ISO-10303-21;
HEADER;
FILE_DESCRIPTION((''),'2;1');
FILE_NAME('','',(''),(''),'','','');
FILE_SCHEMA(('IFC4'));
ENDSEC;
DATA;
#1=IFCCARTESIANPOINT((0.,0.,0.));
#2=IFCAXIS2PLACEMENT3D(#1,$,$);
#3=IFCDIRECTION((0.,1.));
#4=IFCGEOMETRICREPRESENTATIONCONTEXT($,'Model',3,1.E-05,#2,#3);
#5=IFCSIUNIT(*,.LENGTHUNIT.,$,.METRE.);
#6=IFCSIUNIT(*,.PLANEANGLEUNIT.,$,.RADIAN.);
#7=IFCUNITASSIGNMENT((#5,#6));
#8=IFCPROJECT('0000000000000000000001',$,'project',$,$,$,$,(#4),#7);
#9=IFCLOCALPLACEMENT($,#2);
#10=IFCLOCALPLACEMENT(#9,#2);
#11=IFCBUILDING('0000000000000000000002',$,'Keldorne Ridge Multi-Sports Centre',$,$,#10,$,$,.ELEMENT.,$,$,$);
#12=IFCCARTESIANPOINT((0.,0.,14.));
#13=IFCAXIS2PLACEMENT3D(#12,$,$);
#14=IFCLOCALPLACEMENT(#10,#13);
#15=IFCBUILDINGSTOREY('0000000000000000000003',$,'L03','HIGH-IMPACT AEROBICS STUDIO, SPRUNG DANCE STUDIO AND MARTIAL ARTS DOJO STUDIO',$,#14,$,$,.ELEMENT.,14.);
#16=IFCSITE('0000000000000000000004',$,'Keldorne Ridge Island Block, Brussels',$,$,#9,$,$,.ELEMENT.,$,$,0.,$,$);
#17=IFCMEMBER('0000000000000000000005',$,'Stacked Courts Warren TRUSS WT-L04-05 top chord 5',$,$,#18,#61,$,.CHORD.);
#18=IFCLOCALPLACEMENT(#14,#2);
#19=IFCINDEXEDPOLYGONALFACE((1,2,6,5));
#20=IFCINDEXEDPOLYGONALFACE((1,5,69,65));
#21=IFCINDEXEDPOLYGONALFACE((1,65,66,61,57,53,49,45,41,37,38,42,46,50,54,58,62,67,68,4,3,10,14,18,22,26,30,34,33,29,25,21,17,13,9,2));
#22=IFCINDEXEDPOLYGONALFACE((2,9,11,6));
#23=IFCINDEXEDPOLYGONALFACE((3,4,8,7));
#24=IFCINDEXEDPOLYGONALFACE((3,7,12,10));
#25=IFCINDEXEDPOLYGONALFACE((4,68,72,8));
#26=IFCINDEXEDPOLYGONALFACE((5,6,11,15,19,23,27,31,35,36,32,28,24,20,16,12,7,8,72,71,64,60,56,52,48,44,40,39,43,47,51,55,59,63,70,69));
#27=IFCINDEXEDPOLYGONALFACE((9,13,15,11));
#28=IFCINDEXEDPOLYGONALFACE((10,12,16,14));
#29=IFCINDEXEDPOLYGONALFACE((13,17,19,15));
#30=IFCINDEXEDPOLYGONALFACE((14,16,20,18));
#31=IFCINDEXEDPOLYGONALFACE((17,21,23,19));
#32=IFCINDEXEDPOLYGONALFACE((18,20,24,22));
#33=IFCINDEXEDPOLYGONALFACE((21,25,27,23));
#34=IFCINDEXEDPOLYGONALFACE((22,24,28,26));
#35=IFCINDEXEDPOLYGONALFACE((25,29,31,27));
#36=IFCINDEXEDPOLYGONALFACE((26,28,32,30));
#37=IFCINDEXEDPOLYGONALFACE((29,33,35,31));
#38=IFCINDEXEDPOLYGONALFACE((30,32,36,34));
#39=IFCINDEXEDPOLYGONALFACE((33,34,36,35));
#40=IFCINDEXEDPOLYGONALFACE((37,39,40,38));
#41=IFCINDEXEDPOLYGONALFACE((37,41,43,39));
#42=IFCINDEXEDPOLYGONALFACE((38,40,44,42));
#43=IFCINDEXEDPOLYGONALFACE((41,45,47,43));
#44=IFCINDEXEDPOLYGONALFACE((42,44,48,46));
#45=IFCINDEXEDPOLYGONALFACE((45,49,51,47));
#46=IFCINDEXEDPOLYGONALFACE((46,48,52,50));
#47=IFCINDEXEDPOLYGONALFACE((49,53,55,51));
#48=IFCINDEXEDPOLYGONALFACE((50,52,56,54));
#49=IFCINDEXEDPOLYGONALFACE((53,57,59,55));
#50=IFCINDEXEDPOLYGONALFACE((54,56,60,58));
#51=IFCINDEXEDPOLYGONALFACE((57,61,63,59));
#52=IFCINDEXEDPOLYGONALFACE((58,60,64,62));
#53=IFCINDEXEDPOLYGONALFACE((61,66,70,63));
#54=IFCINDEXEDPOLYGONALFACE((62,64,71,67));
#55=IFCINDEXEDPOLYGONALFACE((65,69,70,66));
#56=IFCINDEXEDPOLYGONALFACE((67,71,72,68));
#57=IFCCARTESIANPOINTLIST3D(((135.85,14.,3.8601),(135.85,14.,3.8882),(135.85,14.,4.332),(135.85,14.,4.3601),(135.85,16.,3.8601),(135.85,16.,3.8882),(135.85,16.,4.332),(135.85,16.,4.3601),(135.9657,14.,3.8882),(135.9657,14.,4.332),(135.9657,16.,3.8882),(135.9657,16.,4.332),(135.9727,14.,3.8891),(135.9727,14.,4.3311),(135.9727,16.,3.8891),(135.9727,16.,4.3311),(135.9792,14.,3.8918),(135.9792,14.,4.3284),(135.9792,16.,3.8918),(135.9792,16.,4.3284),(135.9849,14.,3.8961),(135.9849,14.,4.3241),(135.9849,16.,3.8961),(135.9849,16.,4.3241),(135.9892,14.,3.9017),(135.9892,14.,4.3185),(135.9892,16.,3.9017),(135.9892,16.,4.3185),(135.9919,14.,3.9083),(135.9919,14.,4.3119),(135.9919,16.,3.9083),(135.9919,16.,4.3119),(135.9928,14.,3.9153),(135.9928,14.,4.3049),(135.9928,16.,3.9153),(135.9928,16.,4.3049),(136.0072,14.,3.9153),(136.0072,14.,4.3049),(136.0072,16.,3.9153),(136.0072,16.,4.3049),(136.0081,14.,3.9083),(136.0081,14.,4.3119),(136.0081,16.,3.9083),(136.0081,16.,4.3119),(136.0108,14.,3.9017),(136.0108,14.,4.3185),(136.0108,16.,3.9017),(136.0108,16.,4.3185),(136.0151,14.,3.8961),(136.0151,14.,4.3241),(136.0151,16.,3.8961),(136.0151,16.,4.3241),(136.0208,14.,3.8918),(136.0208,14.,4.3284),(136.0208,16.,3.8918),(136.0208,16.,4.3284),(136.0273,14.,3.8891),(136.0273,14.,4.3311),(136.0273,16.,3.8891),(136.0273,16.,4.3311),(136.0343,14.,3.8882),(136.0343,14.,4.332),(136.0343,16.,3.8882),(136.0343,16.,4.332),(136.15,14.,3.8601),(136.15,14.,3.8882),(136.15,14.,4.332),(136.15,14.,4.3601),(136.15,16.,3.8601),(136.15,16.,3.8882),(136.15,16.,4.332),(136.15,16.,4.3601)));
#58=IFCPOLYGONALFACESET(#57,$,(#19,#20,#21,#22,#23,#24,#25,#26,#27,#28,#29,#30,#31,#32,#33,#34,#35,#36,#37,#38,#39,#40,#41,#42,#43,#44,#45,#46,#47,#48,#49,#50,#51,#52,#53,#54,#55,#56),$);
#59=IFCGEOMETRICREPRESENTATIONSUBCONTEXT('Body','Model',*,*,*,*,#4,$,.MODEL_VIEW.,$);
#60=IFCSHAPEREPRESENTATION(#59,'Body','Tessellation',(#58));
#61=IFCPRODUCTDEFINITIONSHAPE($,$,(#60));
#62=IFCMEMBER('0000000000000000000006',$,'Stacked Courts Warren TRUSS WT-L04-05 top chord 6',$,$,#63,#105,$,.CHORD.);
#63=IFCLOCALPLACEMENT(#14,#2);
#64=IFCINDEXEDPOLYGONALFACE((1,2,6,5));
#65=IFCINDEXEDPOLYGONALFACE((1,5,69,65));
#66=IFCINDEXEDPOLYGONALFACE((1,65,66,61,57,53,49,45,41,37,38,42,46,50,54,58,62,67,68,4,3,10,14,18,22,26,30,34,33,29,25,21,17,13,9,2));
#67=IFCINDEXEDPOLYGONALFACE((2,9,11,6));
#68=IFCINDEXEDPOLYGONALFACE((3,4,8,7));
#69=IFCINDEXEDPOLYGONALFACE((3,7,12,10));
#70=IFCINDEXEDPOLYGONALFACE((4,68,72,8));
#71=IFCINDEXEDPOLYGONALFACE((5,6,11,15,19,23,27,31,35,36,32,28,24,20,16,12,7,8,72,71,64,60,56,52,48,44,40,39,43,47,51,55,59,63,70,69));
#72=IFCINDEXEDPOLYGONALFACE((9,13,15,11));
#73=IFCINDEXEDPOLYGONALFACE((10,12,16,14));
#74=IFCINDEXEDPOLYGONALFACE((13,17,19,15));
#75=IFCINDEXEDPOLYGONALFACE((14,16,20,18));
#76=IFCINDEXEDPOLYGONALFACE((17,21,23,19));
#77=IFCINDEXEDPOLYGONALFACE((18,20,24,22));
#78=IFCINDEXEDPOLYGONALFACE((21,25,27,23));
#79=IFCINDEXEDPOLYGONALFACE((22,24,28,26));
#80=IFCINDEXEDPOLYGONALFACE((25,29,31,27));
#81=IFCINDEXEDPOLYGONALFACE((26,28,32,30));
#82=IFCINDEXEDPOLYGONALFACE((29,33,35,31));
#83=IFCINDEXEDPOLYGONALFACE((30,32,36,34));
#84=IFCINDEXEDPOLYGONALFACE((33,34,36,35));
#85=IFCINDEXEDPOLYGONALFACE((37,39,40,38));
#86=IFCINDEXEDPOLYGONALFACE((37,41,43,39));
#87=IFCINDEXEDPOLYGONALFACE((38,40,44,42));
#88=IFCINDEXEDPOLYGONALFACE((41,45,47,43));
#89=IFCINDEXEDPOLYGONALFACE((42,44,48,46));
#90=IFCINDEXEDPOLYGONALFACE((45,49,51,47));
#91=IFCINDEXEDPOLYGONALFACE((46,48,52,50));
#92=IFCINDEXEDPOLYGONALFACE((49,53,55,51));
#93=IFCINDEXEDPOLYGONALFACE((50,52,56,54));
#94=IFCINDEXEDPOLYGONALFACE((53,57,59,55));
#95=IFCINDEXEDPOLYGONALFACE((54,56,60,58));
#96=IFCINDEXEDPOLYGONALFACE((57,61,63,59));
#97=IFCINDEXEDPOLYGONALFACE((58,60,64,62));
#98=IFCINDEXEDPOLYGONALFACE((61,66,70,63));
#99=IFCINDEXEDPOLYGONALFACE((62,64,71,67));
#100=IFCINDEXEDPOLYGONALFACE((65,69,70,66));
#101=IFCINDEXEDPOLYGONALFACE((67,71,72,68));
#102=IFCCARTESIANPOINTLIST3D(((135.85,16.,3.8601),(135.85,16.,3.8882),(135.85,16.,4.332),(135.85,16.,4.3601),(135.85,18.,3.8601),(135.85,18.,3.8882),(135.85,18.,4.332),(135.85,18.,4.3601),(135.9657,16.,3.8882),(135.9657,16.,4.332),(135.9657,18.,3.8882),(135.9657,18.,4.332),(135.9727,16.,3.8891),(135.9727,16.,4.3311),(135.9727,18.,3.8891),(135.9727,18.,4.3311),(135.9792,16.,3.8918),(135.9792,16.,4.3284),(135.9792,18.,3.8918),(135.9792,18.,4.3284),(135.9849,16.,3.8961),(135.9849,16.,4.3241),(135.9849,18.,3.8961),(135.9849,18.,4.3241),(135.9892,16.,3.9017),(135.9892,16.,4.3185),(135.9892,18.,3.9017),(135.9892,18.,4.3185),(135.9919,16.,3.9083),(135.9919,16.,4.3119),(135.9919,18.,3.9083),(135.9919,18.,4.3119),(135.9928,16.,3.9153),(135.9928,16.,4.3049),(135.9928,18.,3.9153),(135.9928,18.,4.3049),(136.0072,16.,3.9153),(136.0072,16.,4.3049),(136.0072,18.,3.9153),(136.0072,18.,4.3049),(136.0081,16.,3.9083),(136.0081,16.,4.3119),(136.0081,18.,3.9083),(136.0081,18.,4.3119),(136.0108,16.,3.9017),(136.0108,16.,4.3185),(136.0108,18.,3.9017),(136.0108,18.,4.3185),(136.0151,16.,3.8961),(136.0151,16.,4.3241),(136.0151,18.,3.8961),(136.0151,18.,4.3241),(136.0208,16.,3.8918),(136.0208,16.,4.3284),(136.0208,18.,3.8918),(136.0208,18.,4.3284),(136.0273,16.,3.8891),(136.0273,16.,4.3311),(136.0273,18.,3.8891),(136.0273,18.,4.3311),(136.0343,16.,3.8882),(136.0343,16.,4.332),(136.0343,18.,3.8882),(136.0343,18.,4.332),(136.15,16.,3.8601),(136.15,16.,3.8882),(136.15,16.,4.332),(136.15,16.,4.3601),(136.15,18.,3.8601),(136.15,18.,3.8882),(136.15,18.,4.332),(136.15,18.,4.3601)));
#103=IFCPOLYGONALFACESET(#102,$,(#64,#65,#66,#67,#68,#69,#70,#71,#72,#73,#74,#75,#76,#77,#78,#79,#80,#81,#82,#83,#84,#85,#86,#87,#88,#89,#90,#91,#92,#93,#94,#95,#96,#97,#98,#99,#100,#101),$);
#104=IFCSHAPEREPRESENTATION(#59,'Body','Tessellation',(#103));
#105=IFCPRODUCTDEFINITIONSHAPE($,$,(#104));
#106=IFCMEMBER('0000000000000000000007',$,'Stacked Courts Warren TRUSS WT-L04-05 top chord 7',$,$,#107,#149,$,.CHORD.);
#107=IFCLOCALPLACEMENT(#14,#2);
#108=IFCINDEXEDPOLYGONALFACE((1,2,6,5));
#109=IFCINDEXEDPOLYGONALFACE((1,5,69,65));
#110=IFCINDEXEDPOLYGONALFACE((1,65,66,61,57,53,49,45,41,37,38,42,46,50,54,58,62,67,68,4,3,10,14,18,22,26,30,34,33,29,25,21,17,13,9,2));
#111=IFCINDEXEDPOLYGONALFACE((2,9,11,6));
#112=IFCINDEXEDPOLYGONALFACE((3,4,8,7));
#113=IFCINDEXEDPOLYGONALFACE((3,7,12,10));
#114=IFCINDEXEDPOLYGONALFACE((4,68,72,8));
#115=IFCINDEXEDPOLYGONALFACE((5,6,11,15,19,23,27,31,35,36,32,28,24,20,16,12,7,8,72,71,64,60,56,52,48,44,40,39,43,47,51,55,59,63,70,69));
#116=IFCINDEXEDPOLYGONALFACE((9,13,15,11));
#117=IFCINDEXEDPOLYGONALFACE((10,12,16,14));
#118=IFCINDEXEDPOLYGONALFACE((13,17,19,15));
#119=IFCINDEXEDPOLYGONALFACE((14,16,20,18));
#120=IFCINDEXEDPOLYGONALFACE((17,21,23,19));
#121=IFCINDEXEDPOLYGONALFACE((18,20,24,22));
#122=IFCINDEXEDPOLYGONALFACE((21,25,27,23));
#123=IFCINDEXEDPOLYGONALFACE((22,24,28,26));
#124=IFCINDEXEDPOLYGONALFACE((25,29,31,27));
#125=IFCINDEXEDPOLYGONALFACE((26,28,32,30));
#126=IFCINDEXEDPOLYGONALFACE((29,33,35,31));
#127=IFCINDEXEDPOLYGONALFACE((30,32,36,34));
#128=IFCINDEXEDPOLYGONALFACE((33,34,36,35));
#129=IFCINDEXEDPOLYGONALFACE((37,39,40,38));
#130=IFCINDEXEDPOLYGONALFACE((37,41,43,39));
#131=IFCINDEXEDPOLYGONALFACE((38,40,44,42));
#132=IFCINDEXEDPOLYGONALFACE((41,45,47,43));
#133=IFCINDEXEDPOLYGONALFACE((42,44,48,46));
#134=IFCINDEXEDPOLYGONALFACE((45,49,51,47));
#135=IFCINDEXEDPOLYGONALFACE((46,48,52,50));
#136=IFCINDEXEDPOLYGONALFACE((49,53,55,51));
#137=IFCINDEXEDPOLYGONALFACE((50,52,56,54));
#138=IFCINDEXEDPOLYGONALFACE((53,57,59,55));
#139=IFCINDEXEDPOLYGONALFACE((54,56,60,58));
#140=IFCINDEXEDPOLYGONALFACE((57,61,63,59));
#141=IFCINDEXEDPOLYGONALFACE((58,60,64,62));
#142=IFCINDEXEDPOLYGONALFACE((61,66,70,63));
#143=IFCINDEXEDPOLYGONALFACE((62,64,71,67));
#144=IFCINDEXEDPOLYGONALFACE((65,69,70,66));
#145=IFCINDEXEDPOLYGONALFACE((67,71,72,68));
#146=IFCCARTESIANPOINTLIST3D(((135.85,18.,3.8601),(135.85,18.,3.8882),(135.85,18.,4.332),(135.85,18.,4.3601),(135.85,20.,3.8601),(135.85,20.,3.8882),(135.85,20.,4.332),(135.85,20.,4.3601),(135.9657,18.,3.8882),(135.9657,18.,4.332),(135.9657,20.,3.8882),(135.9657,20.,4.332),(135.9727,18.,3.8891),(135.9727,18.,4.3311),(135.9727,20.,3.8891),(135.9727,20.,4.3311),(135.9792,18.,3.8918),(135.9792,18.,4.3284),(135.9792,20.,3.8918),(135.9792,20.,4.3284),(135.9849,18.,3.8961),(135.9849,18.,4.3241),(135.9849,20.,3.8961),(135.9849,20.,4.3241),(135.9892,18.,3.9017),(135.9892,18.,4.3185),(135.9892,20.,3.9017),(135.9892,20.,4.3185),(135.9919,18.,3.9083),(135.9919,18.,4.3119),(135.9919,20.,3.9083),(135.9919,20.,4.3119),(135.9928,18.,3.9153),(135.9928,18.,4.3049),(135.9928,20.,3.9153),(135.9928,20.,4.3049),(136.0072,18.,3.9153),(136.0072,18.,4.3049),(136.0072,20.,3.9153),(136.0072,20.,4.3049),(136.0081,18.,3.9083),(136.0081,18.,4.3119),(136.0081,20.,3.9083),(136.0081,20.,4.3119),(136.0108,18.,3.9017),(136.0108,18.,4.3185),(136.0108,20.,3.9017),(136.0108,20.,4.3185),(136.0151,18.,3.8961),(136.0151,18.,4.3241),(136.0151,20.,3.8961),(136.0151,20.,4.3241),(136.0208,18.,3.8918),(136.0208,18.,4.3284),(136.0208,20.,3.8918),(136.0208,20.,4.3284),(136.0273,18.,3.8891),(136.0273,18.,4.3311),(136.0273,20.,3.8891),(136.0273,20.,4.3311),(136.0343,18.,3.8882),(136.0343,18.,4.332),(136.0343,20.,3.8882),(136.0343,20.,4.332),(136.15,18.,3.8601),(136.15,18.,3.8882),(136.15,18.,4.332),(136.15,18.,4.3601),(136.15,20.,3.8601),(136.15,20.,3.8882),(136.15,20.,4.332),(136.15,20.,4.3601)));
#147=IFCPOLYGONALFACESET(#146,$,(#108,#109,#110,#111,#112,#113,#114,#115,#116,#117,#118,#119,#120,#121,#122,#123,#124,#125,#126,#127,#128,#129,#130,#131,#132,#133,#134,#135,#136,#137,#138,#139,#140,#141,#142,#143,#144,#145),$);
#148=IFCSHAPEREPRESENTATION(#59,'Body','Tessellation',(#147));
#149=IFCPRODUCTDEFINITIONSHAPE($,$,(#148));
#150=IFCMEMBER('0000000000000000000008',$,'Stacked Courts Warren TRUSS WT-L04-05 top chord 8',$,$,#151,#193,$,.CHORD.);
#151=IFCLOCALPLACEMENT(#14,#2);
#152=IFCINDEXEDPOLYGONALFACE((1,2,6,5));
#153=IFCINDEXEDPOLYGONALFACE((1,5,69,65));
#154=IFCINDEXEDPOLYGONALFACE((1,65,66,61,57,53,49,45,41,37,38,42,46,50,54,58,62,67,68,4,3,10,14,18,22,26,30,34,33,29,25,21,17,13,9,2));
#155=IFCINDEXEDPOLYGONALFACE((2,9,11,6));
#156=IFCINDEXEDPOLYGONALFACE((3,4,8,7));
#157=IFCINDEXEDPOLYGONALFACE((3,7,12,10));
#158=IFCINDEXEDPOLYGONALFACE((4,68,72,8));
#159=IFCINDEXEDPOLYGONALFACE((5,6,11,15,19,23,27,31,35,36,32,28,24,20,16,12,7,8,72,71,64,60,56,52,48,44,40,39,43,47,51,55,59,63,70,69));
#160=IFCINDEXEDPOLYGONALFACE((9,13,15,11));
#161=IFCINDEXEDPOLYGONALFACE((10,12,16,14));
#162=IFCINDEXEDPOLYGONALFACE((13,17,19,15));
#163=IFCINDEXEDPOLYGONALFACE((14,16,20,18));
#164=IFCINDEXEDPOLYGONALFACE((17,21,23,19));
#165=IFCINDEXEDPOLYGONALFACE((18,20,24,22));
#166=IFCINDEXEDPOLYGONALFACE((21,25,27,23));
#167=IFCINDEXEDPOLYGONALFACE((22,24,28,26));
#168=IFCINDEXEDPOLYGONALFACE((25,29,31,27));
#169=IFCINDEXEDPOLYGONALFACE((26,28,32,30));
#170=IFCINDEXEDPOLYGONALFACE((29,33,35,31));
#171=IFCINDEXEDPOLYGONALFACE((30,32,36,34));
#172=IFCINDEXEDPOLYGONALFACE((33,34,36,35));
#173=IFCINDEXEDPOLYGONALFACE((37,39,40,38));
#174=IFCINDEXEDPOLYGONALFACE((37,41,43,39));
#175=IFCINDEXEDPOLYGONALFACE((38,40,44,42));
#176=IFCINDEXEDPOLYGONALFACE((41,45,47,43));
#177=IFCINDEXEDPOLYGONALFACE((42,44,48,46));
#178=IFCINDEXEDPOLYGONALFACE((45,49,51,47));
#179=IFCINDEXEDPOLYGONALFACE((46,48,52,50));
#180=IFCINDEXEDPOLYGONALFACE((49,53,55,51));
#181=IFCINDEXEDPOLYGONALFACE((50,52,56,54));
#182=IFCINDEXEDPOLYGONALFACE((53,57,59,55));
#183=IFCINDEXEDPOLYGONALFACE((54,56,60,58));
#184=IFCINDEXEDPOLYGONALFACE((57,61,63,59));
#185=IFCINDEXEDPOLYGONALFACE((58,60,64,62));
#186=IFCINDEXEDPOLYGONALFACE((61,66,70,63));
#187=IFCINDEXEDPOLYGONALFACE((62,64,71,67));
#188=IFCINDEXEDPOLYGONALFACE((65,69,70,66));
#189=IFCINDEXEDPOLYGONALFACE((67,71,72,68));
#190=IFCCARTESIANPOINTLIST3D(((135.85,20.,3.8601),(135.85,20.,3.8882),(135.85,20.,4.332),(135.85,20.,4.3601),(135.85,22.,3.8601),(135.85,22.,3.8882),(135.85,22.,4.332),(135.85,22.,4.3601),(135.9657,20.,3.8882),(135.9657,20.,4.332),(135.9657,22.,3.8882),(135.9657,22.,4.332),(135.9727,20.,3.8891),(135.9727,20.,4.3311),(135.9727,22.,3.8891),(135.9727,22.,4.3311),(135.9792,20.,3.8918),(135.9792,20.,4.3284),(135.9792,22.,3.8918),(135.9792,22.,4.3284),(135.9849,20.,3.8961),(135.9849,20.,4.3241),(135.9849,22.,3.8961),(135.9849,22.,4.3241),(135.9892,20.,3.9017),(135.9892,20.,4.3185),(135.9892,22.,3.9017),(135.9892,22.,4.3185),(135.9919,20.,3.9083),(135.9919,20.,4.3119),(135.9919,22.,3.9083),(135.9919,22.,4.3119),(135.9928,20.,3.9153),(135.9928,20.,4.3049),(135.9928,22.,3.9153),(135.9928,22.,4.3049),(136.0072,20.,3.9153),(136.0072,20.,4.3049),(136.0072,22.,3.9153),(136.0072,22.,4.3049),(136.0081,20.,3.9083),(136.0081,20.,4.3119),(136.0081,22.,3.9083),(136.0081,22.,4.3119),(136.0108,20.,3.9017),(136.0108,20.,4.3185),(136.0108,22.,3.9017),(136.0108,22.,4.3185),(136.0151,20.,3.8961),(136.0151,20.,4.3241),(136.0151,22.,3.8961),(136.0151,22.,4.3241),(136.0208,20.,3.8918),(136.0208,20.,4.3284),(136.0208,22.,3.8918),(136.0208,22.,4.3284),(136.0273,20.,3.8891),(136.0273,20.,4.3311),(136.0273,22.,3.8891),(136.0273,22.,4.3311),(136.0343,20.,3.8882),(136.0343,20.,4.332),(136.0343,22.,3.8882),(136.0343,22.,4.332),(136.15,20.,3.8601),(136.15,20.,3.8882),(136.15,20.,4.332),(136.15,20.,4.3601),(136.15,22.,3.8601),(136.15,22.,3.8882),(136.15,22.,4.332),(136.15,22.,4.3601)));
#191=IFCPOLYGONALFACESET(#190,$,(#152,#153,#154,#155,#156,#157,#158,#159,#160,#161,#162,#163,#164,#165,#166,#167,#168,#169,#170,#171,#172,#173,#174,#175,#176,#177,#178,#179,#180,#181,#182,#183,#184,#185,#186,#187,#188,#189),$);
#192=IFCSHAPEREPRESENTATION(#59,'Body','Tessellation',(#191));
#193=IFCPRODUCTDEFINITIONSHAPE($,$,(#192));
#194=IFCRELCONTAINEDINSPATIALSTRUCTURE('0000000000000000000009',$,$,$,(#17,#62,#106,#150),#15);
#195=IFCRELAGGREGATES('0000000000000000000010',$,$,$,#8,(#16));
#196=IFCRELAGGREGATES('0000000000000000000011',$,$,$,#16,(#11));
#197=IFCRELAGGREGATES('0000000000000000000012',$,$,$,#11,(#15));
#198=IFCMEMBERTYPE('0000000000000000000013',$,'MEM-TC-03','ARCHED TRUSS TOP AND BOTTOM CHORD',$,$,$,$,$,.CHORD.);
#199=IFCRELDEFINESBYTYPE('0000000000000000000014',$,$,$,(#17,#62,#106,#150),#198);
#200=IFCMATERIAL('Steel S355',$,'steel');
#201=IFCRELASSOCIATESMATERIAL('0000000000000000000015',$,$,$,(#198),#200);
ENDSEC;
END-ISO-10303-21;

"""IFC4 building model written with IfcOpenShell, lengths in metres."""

from ifc_helpers import new_model, si_unit, direction, frame, origin, origin_2d, place, context, subcontext, project, spatial, i_section, extrude, material, material_profile, profile_set, type_object, element, save


model = new_model("IFC4")

# Units and contexts
model_context = context("Model", 3, precision=1e-05, world=origin(), true_north=direction((0.0, 1.0)))
body_context = subcontext(model_context, "Body", "Model", "MODEL_VIEW")
ifc_project = project(units=[si_unit("LENGTHUNIT", "METRE"), si_unit("PLANEANGLEUNIT", "RADIAN")], contexts=[model_context])

# Site, building, storey
site_placement = place(None, origin())
site = spatial("IfcSite", under=ifc_project, at=site_placement, Name="Keldorne Ridge Island Block, Brussels", CompositionType="ELEMENT", RefElevation=0.0)
building_placement = place(site_placement, origin())
building = spatial("IfcBuilding", under=site, at=building_placement, Name="Keldorne Ridge Multi-Sports Centre", CompositionType="ELEMENT")
storey_placement = place(building_placement, frame((0.0, 0.0, 14.0)))
storey = spatial("IfcBuildingStorey", under=building, at=storey_placement, Name="L03", Description="HIGH-IMPACT AEROBICS STUDIO, SPRUNG DANCE STUDIO AND MARTIAL ARTS DOJO STUDIO", CompositionType="ELEMENT", Elevation=14.0)

# Members
ifc_material = material(Name="Steel S355", Category="steel")
ifc_material_profile_1 = material_profile(ifc_material, i_section(OverallWidth=0.3, OverallDepth=0.5, WebThickness=0.0144, FlangeThickness=0.0281, FilletRadius=0.0271, at=origin_2d()), Name="HEB 500")
ifc_profile_set_1 = profile_set([ifc_material_profile_1], Name="Steel S355")
member_type_1 = type_object("IfcMemberType", Name="MEM-TC-03", Description="ARCHED TRUSS TOP AND BOTTOM CHORD", PredefinedType="CHORD", material=ifc_profile_set_1)
for number, where, z_axis, x_axis, name in (
    (1, (136.0, 14.0, 4.1101), (0.0, 1.0, 0.0), (-1.0, 0.0, 0.0), "Stacked Courts Warren TRUSS WT-L04-05 top chord 5"),
    (2, (136.0, 16.0, 4.1101), (0.0, 1.0, 0.0), (-1.0, 0.0, 0.0), "Stacked Courts Warren TRUSS WT-L04-05 top chord 6"),
    (3, (136.0, 18.0, 4.1101), (0.0, 1.0, 0.0), (-1.0, 0.0, 0.0), "Stacked Courts Warren TRUSS WT-L04-05 top chord 7"),
    (4, (136.0, 20.0, 4.1101), (0.0, 1.0, 0.0), (-1.0, 0.0, 0.0), "Stacked Courts Warren TRUSS WT-L04-05 top chord 8"),
):
    element("IfcMember", number, at=place(storey_placement, frame(where, z_axis=z_axis, x_axis=x_axis)), inside=storey, type_object=member_type_1, Name=name, PredefinedType="CHORD", context=body_context, shape_type="SweptSolid", body=[
        extrude(i_section(OverallWidth=0.3, OverallDepth=0.5, WebThickness=0.0144, FlangeThickness=0.0281, FilletRadius=0.0271, at=origin_2d()), origin(), (0.0, 0.0, 1.0), 2.0),
    ])

save(model, "model.ifc")
